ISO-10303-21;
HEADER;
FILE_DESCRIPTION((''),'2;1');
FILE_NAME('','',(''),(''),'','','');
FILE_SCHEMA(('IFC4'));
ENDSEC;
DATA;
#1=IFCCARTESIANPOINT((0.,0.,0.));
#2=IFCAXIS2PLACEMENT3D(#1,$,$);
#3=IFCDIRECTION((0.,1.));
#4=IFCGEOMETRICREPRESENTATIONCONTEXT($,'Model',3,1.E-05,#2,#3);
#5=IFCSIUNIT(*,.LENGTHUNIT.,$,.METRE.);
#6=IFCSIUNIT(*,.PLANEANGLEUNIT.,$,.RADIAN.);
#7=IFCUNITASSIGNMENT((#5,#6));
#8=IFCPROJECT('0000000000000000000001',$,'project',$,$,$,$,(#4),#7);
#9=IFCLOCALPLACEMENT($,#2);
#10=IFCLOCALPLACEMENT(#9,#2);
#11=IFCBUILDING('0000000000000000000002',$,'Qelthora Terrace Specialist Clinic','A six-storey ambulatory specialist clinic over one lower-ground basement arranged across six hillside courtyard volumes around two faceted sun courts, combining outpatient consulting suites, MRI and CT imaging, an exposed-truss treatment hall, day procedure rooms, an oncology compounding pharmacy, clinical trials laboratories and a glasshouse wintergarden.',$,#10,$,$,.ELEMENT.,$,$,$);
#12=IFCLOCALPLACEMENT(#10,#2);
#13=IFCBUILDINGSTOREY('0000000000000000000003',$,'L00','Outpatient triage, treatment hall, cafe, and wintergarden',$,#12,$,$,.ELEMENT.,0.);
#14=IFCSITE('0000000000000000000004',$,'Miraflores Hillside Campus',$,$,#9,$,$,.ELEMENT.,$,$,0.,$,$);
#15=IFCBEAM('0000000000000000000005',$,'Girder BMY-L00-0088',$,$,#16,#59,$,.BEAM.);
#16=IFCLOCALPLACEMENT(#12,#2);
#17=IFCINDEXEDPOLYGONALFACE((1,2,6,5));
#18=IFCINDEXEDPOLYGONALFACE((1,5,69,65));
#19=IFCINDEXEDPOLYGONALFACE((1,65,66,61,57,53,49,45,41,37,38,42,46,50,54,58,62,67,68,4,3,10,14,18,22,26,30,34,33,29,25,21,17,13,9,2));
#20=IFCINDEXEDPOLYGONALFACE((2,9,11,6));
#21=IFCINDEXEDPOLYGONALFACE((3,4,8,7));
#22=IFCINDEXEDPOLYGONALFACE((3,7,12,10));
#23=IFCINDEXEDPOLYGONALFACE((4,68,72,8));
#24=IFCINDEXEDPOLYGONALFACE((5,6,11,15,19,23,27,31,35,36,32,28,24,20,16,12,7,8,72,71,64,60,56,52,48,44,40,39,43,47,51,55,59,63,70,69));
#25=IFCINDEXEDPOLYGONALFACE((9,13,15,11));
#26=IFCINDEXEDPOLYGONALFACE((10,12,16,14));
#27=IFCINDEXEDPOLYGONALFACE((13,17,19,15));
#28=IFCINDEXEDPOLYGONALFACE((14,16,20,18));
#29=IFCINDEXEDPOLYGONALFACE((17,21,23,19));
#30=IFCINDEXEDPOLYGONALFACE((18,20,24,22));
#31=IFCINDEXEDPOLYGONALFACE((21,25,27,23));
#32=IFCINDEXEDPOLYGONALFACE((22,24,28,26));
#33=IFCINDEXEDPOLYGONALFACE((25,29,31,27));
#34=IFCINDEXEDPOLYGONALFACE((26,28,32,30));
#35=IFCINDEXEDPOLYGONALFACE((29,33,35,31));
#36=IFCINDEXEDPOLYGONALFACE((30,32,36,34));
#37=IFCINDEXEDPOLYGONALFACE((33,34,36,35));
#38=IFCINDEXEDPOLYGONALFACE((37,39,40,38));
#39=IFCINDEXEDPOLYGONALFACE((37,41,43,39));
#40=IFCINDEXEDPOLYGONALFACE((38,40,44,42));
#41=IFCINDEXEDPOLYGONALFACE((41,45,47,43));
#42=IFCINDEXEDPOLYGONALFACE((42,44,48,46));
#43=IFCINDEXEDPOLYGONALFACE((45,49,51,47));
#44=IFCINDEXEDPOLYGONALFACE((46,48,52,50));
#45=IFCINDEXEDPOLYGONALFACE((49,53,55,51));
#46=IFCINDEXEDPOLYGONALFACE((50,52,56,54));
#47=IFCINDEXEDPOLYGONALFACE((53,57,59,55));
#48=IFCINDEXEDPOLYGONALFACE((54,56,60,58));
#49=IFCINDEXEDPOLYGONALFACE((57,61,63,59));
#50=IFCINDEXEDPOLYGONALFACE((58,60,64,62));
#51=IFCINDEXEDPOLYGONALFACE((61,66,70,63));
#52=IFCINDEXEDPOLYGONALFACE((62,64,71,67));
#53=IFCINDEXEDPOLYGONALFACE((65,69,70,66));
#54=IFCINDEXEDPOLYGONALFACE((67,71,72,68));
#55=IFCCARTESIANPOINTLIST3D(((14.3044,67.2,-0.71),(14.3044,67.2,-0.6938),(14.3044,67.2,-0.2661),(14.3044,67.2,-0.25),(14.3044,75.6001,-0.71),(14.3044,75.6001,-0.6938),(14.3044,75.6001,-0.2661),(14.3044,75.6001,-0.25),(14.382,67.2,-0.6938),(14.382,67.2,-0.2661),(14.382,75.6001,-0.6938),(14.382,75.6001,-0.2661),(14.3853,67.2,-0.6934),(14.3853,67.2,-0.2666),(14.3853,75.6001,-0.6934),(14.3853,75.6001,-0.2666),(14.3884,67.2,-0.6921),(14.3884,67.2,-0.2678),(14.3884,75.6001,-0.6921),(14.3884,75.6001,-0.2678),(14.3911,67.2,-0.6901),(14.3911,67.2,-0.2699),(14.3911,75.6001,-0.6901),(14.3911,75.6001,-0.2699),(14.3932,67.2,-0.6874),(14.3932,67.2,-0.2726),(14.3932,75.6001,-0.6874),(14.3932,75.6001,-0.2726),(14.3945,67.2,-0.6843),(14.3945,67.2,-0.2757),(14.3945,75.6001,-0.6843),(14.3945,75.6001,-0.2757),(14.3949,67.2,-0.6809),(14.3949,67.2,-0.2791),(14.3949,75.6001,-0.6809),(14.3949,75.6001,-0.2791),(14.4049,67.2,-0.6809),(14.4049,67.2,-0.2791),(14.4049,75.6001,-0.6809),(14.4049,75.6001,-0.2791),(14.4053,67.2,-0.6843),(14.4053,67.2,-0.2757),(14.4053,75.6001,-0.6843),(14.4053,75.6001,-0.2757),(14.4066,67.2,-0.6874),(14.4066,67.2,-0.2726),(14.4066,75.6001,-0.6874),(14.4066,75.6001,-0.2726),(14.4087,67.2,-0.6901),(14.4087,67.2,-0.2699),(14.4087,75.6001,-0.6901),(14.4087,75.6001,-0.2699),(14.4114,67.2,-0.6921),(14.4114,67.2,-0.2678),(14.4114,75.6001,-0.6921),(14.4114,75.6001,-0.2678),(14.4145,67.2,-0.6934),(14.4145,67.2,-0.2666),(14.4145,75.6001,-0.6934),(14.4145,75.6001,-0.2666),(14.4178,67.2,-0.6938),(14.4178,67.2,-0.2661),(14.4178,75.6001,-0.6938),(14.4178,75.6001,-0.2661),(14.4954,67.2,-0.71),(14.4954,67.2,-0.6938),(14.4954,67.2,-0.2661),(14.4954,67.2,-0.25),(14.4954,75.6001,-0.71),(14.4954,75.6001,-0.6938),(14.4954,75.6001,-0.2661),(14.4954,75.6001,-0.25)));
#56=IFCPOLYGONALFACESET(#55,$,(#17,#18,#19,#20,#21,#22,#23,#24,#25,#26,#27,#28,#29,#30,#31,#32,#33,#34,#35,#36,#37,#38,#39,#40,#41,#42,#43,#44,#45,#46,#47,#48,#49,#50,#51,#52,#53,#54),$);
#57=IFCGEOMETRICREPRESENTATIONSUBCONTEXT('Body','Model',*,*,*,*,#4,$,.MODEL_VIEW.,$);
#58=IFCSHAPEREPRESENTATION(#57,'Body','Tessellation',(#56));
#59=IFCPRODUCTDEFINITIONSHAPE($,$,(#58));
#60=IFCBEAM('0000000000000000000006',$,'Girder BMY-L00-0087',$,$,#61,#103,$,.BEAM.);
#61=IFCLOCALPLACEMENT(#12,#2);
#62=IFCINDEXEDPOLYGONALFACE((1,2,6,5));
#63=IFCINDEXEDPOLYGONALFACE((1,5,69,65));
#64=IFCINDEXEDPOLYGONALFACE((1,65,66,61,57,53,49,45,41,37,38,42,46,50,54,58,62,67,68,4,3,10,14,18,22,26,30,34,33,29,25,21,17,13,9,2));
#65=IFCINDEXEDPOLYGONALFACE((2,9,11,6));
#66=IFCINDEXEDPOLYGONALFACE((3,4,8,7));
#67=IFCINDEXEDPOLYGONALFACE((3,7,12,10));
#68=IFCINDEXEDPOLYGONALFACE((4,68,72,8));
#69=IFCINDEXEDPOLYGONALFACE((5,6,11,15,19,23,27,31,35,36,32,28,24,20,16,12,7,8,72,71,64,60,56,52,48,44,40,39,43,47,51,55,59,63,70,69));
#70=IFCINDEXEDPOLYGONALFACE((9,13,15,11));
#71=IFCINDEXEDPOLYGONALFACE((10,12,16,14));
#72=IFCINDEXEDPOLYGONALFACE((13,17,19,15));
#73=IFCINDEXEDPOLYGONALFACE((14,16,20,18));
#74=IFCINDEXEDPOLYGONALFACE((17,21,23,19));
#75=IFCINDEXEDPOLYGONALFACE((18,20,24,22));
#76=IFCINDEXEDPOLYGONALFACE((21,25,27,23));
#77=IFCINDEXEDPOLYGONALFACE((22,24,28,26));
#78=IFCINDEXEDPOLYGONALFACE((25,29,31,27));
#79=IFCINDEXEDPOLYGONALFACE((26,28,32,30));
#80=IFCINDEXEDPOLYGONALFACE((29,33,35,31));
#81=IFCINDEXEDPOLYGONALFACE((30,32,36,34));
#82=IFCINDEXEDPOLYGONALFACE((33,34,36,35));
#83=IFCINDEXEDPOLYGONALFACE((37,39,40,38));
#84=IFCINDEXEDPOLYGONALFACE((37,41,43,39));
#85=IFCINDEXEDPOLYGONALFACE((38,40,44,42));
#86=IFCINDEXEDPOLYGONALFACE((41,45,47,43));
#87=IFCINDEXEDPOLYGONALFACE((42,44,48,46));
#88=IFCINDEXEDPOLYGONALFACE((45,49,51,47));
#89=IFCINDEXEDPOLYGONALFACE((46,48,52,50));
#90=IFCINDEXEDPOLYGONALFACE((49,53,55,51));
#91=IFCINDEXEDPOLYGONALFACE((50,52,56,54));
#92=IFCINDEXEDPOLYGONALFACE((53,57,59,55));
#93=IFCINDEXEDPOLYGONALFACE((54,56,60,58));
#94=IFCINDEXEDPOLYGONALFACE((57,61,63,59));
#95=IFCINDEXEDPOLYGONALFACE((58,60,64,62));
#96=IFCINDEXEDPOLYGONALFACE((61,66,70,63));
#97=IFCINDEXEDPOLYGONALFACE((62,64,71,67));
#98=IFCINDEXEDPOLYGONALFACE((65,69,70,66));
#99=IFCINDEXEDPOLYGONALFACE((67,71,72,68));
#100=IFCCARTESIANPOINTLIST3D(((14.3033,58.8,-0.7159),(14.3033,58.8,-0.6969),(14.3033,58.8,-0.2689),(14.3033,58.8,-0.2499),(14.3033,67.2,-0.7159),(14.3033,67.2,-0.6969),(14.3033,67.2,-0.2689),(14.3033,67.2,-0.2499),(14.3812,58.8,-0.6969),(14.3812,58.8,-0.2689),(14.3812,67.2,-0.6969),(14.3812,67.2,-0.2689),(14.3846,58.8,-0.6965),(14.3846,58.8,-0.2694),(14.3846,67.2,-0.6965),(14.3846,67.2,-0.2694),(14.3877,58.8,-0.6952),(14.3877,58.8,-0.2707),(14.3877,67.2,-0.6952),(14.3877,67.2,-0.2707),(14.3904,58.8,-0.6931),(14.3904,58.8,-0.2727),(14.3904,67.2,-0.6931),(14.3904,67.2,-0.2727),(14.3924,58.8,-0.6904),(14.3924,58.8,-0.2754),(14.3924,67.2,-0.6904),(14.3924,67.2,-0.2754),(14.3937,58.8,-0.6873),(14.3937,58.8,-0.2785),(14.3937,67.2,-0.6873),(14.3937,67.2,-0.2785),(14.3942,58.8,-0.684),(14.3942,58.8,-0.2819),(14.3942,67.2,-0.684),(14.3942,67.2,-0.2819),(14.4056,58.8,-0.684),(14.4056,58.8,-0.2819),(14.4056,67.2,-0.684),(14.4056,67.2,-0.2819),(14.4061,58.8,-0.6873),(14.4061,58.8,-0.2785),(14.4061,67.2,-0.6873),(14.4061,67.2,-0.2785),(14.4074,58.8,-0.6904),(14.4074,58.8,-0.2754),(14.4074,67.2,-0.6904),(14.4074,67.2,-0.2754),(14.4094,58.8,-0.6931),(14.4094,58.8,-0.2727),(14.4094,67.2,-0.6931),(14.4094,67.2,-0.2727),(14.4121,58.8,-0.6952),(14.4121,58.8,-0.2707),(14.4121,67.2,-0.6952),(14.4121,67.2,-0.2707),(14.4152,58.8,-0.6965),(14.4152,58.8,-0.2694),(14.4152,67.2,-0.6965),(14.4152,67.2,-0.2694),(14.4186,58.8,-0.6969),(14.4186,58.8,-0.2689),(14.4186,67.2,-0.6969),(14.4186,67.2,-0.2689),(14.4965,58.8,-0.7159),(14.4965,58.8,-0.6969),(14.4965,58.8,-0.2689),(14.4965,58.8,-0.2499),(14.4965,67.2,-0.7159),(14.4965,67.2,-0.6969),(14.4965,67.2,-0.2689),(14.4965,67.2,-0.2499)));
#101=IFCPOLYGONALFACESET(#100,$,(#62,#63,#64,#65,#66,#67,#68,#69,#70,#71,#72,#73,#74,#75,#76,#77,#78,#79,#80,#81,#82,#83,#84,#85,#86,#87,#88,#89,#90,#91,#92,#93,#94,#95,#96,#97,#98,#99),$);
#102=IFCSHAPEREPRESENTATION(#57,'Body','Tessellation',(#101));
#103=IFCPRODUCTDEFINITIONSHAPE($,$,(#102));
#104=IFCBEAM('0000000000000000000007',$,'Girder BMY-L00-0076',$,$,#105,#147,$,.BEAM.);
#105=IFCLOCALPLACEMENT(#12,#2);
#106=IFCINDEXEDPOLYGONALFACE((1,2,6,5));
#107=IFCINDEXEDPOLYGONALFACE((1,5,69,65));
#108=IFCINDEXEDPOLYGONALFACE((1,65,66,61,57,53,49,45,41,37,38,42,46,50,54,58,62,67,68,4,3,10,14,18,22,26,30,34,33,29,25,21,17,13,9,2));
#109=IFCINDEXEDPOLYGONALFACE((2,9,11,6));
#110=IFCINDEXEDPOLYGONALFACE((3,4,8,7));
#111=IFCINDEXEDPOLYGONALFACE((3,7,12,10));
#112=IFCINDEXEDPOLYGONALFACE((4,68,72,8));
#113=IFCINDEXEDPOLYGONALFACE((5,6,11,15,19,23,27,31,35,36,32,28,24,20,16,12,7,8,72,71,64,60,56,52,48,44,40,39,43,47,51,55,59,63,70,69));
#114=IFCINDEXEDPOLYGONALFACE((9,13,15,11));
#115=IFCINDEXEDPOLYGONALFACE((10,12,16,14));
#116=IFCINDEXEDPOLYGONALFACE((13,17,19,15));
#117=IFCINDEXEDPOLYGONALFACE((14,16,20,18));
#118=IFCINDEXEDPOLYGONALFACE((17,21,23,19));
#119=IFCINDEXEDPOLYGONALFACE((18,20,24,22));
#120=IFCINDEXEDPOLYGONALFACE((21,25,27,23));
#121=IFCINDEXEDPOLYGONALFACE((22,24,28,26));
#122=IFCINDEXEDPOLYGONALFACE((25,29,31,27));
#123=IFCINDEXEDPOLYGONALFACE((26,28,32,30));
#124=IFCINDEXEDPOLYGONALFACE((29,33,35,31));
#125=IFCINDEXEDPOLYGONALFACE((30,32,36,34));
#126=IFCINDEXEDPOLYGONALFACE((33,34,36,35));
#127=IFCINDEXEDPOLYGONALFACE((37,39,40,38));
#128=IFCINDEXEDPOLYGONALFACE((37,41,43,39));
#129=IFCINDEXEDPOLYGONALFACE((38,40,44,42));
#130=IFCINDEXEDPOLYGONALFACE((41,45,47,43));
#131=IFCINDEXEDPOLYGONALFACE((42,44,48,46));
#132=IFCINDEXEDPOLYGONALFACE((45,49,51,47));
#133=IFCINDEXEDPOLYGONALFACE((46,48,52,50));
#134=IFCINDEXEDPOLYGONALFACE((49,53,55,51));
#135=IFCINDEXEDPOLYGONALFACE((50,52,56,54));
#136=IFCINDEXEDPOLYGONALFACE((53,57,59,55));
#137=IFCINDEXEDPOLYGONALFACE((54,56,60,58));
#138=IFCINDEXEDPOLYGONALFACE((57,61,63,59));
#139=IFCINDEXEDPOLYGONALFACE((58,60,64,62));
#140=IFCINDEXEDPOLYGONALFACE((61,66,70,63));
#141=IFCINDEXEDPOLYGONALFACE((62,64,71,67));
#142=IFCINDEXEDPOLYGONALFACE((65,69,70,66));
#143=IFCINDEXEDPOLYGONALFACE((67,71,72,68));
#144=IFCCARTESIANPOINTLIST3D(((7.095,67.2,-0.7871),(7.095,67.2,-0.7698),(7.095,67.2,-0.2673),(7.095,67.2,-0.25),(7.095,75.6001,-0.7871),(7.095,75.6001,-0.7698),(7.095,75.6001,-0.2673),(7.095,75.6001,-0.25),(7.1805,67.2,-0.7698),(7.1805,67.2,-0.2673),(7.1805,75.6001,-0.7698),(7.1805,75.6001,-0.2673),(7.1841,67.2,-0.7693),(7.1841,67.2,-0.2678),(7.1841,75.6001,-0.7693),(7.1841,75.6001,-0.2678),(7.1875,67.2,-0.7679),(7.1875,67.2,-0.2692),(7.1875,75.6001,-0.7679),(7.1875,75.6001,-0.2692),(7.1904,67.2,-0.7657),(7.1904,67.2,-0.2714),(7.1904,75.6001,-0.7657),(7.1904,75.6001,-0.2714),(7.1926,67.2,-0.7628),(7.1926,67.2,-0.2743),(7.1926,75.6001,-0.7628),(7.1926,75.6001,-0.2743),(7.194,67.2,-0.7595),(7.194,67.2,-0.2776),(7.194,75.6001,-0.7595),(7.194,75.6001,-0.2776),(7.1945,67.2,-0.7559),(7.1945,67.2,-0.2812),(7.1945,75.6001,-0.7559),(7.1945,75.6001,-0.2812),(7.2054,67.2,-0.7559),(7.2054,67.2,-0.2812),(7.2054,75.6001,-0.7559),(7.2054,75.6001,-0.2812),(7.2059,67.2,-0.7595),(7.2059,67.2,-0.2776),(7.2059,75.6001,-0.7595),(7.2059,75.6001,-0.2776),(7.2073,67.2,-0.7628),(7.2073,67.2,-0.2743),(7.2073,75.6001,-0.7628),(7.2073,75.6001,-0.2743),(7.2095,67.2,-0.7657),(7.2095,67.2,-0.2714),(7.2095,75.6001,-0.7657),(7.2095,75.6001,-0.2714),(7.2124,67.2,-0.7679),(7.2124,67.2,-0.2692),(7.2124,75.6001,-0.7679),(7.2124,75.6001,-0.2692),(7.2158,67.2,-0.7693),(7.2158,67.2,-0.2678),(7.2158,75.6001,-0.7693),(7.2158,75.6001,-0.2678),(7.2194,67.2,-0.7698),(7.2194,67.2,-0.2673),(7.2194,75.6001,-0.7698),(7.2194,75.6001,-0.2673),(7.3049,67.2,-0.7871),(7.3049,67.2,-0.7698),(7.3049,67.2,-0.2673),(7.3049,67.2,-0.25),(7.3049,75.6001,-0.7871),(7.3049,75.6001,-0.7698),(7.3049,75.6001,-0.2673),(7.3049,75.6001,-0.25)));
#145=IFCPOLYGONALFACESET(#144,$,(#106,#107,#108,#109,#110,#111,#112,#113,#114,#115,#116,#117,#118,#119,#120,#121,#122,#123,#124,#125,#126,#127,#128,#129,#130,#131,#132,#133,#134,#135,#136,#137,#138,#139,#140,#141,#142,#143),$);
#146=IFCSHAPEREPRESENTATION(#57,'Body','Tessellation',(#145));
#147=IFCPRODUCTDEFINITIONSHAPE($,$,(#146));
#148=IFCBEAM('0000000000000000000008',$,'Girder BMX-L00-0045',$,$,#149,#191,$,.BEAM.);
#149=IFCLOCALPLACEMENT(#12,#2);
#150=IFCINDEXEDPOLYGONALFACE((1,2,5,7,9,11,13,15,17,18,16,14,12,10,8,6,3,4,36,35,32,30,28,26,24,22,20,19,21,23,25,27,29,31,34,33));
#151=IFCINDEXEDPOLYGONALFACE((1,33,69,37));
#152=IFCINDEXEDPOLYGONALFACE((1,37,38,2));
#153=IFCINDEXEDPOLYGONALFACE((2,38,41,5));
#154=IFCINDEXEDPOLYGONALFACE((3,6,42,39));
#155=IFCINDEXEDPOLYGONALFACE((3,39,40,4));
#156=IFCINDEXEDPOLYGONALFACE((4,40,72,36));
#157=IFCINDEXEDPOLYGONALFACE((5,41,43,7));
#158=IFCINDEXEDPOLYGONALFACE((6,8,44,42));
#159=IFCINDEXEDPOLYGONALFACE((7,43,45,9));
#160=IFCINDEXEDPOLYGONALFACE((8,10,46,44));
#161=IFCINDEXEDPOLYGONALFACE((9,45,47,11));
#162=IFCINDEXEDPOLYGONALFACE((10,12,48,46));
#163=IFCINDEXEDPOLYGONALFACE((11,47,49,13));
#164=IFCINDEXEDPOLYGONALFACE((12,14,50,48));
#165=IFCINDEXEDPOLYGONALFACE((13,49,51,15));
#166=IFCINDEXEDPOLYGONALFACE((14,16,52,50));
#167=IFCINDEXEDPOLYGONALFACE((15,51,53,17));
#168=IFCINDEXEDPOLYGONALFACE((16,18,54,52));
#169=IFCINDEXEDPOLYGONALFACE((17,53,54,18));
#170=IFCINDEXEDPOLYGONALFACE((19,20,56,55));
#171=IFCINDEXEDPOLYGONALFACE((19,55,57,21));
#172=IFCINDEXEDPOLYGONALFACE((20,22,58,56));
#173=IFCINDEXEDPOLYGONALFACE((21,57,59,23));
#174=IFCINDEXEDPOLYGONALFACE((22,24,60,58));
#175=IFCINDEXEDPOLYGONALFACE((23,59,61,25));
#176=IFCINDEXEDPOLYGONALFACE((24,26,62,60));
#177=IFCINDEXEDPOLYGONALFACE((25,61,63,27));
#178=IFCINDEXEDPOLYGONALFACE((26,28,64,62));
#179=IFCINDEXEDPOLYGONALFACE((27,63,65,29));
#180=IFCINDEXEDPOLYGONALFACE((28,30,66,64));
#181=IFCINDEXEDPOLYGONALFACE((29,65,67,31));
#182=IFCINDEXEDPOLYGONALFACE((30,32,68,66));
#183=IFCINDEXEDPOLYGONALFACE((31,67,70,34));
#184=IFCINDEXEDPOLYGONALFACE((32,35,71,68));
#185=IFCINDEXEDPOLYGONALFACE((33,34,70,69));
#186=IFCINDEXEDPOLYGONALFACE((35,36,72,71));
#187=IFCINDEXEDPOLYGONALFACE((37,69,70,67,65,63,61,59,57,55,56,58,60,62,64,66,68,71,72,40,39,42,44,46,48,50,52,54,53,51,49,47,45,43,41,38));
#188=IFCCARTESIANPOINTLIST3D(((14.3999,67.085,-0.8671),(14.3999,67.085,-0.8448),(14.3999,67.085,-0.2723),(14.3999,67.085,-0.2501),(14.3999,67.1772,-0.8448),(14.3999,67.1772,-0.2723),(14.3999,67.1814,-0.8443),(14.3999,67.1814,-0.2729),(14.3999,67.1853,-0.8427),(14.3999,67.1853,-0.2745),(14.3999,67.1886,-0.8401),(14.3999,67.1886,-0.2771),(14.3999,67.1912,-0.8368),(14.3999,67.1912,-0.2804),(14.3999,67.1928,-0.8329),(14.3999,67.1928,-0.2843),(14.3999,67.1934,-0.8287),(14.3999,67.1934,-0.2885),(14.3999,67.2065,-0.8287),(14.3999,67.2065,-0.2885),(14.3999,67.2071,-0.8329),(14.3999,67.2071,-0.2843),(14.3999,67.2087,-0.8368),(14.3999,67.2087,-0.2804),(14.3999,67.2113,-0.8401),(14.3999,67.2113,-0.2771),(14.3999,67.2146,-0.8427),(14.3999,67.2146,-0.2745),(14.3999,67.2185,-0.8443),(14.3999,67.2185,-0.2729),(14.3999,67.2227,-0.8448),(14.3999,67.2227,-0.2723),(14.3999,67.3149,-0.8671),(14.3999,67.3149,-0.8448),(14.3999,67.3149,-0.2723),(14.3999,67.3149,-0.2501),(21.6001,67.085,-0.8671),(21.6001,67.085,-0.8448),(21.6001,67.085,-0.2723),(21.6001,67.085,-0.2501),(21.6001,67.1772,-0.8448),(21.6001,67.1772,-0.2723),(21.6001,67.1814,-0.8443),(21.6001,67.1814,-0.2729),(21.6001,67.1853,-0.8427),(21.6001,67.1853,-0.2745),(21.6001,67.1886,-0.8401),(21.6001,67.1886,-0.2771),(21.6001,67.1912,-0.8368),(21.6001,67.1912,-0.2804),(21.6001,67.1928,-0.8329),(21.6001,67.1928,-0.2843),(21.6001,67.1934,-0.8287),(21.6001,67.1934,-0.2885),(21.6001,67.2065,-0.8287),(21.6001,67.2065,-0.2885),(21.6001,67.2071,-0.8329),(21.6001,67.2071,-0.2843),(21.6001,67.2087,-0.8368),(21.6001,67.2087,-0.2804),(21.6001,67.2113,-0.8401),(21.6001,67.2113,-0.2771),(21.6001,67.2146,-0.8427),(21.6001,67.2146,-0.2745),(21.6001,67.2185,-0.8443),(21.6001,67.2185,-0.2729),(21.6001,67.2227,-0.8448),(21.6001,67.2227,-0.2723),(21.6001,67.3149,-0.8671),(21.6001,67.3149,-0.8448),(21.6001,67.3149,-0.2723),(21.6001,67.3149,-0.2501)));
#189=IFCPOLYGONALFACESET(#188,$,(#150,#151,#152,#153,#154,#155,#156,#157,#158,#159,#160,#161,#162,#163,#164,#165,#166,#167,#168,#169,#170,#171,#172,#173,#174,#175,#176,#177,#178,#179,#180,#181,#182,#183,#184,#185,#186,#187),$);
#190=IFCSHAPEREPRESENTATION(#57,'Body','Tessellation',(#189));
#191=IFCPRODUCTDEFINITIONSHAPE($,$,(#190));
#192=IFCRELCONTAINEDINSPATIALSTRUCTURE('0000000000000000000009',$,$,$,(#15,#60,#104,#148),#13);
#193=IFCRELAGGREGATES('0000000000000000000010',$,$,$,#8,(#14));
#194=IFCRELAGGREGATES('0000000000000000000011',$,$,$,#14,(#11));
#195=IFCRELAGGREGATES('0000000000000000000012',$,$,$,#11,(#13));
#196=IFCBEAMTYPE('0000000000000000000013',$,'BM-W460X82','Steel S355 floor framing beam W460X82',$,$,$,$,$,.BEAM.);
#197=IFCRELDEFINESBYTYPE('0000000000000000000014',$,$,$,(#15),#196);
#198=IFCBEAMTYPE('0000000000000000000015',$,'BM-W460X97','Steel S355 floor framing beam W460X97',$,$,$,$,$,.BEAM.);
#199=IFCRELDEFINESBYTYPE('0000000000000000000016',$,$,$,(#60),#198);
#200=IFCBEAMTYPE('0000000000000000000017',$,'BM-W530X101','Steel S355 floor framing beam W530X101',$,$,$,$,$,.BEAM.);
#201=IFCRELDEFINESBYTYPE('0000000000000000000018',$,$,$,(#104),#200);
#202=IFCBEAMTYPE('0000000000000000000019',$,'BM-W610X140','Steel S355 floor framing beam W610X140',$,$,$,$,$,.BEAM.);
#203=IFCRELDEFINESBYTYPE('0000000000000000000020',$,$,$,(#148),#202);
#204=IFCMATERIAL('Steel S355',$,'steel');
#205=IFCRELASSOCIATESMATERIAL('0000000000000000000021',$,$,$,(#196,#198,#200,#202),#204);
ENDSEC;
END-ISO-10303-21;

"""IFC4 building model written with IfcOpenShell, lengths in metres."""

from ifc_helpers import new_model, si_unit, direction, frame, origin, origin_2d, place, context, subcontext, project, spatial, i_section, extrude, material, material_profile, profile_set, type_object, element, save


model = new_model("IFC4")

# Units and contexts
model_context = context("Model", 3, precision=1e-05, world=origin(), true_north=direction((0.0, 1.0)))
body_context = subcontext(model_context, "Body", "Model", "MODEL_VIEW")
ifc_project = project(units=[si_unit("LENGTHUNIT", "METRE"), si_unit("PLANEANGLEUNIT", "RADIAN")], contexts=[model_context])

# Site, building, storey
site_placement = place(None, origin())
site = spatial("IfcSite", under=ifc_project, at=site_placement, Name="Miraflores Hillside Campus", CompositionType="ELEMENT", RefElevation=0.0)
building_placement = place(site_placement, origin())
building = spatial("IfcBuilding", under=site, at=building_placement, Name="Qelthora Terrace Specialist Clinic", Description="A six-storey ambulatory specialist clinic over one lower-ground basement arranged across six hillside courtyard volumes around two faceted sun courts, combining outpatient consulting suites, MRI and CT imaging, an exposed-truss treatment hall, day procedure rooms, an oncology compounding pharmacy, clinical trials laboratories and a glasshouse wintergarden.", CompositionType="ELEMENT")
storey_placement = place(building_placement, origin())
storey = spatial("IfcBuildingStorey", under=building, at=storey_placement, Name="L00", Description="Outpatient triage, treatment hall, cafe, and wintergarden", CompositionType="ELEMENT", Elevation=0.0)

# Shared definitions
ifc_material_1 = material(Name="Steel S355", Category="steel")

# Beams
ifc_material_profile_1 = material_profile(ifc_material_1, i_section(OverallWidth=0.1909, OverallDepth=0.46, WebThickness=0.01, FlangeThickness=0.0161, FilletRadius=0.0129, at=origin_2d()), Name="W460X82")
ifc_profile_set_1 = profile_set([ifc_material_profile_1], Name="Steel S355")
beam_type_1 = type_object("IfcBeamType", Name="BM-W460X82", Description="Steel S355 floor framing beam W460X82", PredefinedType="BEAM", material=ifc_profile_set_1)
beam_1_placement = place(storey_placement, frame((14.3999, 67.2, -0.48), z_axis=(0.0, 1.0, 0.0), x_axis=(-1.0, 0.0, 0.0)))
element("IfcBeam", 1, at=beam_1_placement, inside=storey, type_object=beam_type_1, Name="Girder BMY-L00-0088", PredefinedType="BEAM", context=body_context, shape_type="SweptSolid", body=[
    extrude(i_section(OverallWidth=0.1909, OverallDepth=0.46, WebThickness=0.01, FlangeThickness=0.0161, FilletRadius=0.0129, at=origin_2d()), origin(), (0.0, 0.0, 1.0), 8.4001),
])
ifc_material_profile_2 = material_profile(ifc_material_1, i_section(OverallWidth=0.1931, OverallDepth=0.4661, WebThickness=0.0115, FlangeThickness=0.019, FilletRadius=0.0129, at=origin_2d()), Name="W460X97")
ifc_profile_set_2 = profile_set([ifc_material_profile_2], Name="Steel S355")
beam_type_2 = type_object("IfcBeamType", Name="BM-W460X97", Description="Steel S355 floor framing beam W460X97", PredefinedType="BEAM", material=ifc_profile_set_2)
beam_2_placement = place(storey_placement, frame((14.3999, 58.8, -0.4829), z_axis=(0.0, 1.0, 0.0), x_axis=(-1.0, 0.0, 0.0)))
element("IfcBeam", 2, at=beam_2_placement, inside=storey, type_object=beam_type_2, Name="Girder BMY-L00-0087", PredefinedType="BEAM", context=body_context, shape_type="SweptSolid", body=[
    extrude(i_section(OverallWidth=0.1931, OverallDepth=0.4661, WebThickness=0.0115, FlangeThickness=0.019, FilletRadius=0.0129, at=origin_2d()), origin(), (0.0, 0.0, 1.0), 8.3999),
])
ifc_material_profile_3 = material_profile(ifc_material_1, i_section(OverallWidth=0.21, OverallDepth=0.5371, WebThickness=0.011, FlangeThickness=0.0173, FilletRadius=0.0139, at=origin_2d()), Name="W530X101")
ifc_profile_set_3 = profile_set([ifc_material_profile_3], Name="Steel S355")
beam_type_3 = type_object("IfcBeamType", Name="BM-W530X101", Description="Steel S355 floor framing beam W530X101", PredefinedType="BEAM", material=ifc_profile_set_3)
beam_3_placement = place(storey_placement, frame((7.2, 67.2, -0.5186), z_axis=(0.0, 1.0, 0.0), x_axis=(-1.0, 0.0, 0.0)))
element("IfcBeam", 3, at=beam_3_placement, inside=storey, type_object=beam_type_3, Name="Girder BMY-L00-0076", PredefinedType="BEAM", context=body_context, shape_type="SweptSolid", body=[
    extrude(i_section(OverallWidth=0.21, OverallDepth=0.5371, WebThickness=0.011, FlangeThickness=0.0173, FilletRadius=0.0139, at=origin_2d()), origin(), (0.0, 0.0, 1.0), 8.4001),
])
ifc_material_profile_4 = material_profile(ifc_material_1, i_section(OverallWidth=0.23, OverallDepth=0.6169, WebThickness=0.0132, FlangeThickness=0.0222, FilletRadius=0.0161, at=origin_2d()), Name="W610X140")
ifc_profile_set_4 = profile_set([ifc_material_profile_4], Name="Steel S355")
beam_type_4 = type_object("IfcBeamType", Name="BM-W610X140", Description="Steel S355 floor framing beam W610X140", PredefinedType="BEAM", material=ifc_profile_set_4)
beam_4_placement = place(storey_placement, frame((14.3999, 67.2, -0.5586), z_axis=(1.0, 0.0, 0.0), x_axis=(0.0, 1.0, 0.0)))
element("IfcBeam", 4, at=beam_4_placement, inside=storey, type_object=beam_type_4, Name="Girder BMX-L00-0045", PredefinedType="BEAM", context=body_context, shape_type="SweptSolid", body=[
    extrude(i_section(OverallWidth=0.23, OverallDepth=0.6169, WebThickness=0.0132, FlangeThickness=0.0222, FilletRadius=0.0161, at=origin_2d()), origin(), (0.0, 0.0, 1.0), 7.2002),
])

save(model, "model.ifc")
